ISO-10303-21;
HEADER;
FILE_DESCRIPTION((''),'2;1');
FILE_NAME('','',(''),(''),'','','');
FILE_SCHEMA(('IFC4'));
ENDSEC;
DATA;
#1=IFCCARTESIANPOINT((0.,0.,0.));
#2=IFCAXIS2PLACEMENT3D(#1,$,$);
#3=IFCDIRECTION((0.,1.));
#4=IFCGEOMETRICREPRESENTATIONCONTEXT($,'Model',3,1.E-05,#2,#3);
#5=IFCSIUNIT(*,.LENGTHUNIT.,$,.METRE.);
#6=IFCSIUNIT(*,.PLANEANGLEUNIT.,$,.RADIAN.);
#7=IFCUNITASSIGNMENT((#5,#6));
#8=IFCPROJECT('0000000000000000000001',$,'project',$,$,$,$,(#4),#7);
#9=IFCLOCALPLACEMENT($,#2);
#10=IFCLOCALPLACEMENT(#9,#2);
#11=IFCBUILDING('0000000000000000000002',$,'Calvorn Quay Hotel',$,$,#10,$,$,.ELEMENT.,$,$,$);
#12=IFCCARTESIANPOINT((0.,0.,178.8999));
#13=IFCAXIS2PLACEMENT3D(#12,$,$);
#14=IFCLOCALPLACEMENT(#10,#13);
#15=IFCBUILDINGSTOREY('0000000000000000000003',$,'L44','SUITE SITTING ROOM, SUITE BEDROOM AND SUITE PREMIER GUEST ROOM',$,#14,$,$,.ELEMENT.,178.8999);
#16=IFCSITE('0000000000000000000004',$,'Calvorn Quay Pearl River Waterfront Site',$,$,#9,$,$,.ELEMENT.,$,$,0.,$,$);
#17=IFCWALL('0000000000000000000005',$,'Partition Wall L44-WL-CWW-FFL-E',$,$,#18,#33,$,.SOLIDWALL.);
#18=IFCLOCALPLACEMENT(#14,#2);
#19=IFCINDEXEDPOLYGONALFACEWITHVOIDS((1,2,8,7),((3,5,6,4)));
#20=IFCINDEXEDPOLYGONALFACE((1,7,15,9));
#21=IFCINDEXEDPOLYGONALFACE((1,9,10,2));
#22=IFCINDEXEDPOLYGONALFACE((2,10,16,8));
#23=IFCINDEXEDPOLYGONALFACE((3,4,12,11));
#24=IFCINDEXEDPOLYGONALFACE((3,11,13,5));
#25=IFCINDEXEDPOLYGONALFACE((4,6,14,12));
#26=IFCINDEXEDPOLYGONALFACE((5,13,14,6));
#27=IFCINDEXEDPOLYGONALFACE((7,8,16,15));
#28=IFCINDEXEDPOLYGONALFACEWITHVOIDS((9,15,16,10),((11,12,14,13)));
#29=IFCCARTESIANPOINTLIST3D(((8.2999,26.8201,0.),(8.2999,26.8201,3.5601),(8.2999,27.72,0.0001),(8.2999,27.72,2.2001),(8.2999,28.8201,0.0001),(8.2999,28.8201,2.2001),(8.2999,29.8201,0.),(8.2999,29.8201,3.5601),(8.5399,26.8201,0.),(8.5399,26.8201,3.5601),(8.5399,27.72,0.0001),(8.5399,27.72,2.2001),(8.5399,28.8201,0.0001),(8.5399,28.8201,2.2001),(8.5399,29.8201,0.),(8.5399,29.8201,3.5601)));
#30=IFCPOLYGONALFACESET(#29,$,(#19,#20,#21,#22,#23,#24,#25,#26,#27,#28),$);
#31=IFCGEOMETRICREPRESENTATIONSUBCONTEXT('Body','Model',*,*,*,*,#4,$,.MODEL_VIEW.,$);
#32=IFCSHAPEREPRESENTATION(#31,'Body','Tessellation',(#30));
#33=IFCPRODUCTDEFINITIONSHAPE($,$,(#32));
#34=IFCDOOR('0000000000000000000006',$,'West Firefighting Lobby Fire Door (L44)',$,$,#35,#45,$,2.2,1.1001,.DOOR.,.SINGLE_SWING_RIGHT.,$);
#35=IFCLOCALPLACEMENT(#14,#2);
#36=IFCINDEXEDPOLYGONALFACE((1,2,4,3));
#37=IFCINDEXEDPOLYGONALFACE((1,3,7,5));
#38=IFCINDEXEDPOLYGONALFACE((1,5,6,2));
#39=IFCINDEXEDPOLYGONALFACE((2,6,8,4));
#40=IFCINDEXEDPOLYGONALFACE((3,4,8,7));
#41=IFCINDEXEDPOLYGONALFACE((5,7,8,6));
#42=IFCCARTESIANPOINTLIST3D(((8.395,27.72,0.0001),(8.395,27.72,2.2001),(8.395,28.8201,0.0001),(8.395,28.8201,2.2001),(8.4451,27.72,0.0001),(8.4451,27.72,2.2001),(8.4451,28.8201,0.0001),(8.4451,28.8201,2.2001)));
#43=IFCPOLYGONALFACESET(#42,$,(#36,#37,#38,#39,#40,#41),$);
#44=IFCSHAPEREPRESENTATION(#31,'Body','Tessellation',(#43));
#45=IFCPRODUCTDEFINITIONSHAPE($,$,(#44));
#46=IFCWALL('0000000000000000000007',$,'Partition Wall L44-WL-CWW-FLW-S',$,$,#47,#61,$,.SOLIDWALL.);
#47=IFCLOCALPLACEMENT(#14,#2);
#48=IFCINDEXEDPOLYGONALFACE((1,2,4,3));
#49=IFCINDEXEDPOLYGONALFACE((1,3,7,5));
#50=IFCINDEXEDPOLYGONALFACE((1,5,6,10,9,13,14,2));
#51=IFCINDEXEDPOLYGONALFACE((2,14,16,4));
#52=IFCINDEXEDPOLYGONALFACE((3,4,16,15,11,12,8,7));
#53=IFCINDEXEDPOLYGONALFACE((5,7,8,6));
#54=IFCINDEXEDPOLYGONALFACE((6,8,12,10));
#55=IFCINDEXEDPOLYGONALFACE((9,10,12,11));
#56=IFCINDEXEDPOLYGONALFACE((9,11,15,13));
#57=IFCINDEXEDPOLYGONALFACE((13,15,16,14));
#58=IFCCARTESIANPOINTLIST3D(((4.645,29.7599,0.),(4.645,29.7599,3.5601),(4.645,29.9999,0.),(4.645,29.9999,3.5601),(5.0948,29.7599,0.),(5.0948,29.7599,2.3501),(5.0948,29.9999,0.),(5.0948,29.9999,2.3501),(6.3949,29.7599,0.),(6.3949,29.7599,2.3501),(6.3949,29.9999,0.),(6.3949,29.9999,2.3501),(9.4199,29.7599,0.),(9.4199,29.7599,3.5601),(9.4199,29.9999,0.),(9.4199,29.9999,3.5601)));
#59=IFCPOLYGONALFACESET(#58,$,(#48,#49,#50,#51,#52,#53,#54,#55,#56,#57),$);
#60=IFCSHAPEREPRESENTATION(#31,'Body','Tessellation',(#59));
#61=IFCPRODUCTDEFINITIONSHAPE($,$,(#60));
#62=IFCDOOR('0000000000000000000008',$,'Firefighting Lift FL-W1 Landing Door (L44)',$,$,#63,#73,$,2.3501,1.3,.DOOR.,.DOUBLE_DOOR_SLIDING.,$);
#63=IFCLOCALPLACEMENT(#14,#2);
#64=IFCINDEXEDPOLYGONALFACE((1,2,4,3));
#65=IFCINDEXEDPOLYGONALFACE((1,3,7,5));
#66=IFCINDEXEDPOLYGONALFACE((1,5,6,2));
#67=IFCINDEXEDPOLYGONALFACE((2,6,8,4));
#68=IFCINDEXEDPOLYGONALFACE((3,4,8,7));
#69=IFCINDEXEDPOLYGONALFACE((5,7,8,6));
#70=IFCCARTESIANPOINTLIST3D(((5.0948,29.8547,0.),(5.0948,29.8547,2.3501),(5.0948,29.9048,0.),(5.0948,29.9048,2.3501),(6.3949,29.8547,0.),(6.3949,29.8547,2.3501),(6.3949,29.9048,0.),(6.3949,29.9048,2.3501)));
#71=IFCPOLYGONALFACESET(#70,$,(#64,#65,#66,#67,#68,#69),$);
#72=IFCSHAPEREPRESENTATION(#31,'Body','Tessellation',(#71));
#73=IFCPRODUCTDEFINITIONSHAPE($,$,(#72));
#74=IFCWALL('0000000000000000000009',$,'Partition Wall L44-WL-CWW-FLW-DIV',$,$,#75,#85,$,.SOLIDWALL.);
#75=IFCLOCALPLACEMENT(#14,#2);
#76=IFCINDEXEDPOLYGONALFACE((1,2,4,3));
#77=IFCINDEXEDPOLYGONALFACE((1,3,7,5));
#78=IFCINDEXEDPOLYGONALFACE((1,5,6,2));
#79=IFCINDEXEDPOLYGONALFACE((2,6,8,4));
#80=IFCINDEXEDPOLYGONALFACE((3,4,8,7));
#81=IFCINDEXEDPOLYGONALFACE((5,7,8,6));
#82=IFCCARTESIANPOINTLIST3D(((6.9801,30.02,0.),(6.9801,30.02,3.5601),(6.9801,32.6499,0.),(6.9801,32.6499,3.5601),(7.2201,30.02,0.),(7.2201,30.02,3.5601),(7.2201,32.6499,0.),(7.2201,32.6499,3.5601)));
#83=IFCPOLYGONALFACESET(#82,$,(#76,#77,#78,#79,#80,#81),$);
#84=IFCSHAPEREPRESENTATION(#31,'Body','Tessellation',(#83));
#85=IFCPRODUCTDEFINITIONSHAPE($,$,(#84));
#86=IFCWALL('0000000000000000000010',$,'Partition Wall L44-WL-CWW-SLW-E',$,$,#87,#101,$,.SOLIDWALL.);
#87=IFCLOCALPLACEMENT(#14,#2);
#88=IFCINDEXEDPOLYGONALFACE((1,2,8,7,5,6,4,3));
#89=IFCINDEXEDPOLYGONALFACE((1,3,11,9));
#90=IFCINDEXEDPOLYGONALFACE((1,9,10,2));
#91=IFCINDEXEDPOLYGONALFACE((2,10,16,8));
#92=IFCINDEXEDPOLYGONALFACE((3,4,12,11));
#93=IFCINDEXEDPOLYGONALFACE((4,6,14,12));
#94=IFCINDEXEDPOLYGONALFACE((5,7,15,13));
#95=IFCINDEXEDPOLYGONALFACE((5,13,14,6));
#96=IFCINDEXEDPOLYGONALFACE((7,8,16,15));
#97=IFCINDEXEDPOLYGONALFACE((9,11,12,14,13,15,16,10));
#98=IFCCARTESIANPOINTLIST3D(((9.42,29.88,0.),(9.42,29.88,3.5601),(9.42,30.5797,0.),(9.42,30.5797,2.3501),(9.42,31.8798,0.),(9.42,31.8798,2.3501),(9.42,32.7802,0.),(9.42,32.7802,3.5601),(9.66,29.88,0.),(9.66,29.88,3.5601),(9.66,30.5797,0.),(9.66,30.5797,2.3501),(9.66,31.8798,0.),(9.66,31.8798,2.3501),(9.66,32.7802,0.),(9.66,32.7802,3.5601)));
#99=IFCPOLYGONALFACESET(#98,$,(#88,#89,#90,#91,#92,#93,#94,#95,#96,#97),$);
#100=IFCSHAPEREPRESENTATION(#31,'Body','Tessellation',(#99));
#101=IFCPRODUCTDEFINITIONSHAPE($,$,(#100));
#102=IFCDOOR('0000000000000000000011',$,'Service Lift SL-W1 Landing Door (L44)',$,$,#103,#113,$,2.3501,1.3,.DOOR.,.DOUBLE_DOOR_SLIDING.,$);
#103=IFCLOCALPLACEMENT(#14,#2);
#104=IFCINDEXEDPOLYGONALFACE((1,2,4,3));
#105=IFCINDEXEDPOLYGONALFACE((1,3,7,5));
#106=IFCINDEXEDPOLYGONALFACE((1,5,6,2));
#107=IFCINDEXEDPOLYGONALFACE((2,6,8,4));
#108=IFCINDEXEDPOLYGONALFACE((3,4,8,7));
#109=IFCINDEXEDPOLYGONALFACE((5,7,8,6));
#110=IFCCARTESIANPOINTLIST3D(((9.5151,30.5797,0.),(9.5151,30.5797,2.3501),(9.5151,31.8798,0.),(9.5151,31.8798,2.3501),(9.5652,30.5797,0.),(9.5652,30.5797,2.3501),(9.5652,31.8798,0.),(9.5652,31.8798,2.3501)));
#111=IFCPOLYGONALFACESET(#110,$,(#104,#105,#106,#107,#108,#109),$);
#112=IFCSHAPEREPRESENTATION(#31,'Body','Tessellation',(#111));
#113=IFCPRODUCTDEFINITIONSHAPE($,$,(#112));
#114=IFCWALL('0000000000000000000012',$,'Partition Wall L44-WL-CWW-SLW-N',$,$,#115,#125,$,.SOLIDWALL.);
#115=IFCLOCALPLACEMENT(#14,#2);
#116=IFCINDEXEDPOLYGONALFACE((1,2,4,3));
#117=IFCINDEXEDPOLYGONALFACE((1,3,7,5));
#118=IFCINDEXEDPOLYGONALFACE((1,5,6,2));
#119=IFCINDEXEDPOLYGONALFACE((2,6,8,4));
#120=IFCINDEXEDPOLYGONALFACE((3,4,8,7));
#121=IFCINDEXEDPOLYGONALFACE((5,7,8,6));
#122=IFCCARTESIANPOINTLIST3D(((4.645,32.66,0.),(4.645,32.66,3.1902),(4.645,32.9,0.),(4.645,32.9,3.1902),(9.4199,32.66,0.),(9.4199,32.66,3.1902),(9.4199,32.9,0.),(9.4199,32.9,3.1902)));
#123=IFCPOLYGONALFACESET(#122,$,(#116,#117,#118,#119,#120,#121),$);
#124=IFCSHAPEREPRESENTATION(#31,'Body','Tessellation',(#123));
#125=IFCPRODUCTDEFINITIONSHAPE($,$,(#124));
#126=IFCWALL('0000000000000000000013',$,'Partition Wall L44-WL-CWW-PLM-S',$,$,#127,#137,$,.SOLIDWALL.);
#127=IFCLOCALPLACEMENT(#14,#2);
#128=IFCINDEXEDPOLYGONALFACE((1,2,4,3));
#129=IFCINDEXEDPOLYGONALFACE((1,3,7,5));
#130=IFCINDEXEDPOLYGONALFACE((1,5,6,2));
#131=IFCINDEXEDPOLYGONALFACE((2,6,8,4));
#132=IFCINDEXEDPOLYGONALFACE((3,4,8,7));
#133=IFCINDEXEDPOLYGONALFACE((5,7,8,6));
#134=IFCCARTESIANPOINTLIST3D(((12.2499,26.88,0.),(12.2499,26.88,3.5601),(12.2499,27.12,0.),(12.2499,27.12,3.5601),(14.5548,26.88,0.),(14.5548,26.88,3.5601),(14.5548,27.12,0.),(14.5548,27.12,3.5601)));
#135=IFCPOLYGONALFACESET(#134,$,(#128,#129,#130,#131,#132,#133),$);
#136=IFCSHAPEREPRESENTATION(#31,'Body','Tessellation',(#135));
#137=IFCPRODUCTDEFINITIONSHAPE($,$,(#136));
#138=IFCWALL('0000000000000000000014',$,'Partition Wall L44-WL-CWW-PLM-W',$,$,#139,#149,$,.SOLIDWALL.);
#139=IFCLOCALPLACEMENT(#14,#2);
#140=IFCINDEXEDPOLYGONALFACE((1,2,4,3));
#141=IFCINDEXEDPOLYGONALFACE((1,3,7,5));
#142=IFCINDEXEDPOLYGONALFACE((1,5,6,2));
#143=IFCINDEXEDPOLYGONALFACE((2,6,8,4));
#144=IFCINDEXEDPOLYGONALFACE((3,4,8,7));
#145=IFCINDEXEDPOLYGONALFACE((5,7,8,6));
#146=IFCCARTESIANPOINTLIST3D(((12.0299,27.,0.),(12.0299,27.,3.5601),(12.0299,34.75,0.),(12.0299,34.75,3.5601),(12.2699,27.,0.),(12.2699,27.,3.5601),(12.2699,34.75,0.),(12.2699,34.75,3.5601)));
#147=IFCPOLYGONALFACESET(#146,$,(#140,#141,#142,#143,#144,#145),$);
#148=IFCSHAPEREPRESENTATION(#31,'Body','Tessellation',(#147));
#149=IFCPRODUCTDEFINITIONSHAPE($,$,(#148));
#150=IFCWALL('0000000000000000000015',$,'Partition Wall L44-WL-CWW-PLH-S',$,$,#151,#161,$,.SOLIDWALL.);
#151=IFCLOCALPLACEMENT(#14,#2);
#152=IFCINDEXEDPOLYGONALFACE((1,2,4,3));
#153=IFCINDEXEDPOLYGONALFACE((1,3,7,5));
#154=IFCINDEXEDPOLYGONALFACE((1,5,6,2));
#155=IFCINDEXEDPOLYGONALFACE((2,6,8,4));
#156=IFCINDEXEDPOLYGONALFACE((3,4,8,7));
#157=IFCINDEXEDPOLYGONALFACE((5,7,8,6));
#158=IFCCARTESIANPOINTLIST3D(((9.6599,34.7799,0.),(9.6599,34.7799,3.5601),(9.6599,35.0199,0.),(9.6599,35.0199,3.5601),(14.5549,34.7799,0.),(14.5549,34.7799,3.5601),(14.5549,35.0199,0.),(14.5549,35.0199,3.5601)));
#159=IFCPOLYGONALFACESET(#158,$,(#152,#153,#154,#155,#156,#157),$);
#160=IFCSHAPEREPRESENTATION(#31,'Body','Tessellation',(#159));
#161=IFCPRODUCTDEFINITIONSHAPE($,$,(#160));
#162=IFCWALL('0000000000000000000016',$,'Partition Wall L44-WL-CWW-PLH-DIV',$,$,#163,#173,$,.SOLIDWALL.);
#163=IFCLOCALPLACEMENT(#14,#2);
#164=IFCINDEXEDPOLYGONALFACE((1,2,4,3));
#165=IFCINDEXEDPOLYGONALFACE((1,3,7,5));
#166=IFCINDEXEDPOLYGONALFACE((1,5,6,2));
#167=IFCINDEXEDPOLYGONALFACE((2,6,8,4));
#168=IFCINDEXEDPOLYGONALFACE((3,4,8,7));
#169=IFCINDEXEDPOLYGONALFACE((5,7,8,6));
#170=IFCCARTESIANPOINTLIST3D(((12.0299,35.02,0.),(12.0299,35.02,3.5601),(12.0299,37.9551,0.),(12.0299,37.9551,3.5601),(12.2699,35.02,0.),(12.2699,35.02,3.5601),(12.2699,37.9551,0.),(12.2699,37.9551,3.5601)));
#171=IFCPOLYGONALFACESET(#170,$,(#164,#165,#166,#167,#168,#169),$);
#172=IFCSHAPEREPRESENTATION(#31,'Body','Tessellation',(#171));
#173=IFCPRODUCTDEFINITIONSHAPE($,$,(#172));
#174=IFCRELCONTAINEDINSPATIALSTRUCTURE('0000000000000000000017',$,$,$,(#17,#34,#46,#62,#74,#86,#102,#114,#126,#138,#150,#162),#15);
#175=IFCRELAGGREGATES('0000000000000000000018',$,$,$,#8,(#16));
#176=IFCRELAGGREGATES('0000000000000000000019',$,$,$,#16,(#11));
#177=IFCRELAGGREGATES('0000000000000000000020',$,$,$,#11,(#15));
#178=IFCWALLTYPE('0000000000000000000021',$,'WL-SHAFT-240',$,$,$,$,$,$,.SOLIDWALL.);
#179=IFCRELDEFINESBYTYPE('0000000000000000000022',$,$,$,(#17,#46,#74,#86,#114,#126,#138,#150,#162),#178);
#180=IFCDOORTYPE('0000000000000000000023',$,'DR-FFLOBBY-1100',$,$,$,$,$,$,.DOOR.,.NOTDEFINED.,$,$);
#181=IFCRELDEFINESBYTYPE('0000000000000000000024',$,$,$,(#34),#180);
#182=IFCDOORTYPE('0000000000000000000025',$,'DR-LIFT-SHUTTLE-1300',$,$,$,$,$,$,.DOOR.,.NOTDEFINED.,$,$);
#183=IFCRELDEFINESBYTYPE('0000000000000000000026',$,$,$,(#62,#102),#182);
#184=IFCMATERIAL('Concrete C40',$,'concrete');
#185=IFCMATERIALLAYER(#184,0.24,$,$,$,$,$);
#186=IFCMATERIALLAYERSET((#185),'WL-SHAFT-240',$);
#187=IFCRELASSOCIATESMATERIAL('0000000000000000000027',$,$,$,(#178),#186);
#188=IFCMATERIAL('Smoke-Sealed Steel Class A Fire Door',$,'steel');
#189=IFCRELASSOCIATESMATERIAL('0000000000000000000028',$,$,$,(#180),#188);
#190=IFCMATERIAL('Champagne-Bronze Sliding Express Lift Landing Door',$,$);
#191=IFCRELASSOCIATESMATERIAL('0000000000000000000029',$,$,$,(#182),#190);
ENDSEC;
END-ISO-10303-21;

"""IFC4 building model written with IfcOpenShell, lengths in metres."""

from ifc_helpers import new_model, si_unit, direction, frame, frame_2d, origin, place, context, subcontext, project, spatial, rectangle, extrude, material, layer, layer_set, type_object, element, fill, save


model = new_model("IFC4")

# Units and contexts
model_context = context("Model", 3, precision=1e-05, world=origin(), true_north=direction((0.0, 1.0)))
body_context = subcontext(model_context, "Body", "Model", "MODEL_VIEW")
ifc_project = project(units=[si_unit("LENGTHUNIT", "METRE"), si_unit("PLANEANGLEUNIT", "RADIAN")], contexts=[model_context])

# Site, building, storey
site_placement = place(None, origin())
site = spatial("IfcSite", under=ifc_project, at=site_placement, Name="Calvorn Quay Pearl River Waterfront Site", CompositionType="ELEMENT", RefElevation=0.0)
building_placement = place(site_placement, origin())
building = spatial("IfcBuilding", under=site, at=building_placement, Name="Calvorn Quay Hotel", CompositionType="ELEMENT")
storey_placement = place(building_placement, frame((0.0, 0.0, 178.8999)))
storey = spatial("IfcBuildingStorey", under=building, at=storey_placement, Name="L44", Description="SUITE SITTING ROOM, SUITE BEDROOM AND SUITE PREMIER GUEST ROOM", CompositionType="ELEMENT", Elevation=178.8999)

# Shared definitions
ifc_material_1 = material(Name="Concrete C40", Category="concrete")
ifc_layer_1 = layer(ifc_material_1, 0.24)
ifc_layer_set_1 = layer_set([ifc_layer_1], Name="WL-SHAFT-240")
wall_type_1 = type_object("IfcWallType", Name="WL-SHAFT-240", PredefinedType="SOLIDWALL", material=ifc_layer_set_1)

# Walls, openings, doors
wall_1_placement = place(storey_placement, frame((8.4199, 26.8201, 0.0), z_axis=(0.0, 0.0, 1.0), x_axis=(0.0, 1.0, 0.0)))
wall_1 = element("IfcWall", 1, at=wall_1_placement, inside=storey, type_object=wall_type_1, Name="Partition Wall L44-WL-CWW-FFL-E", PredefinedType="SOLIDWALL", context=body_context, shape_type="SweptSolid", body=[
    extrude(rectangle(XDim=3.0, YDim=0.24, at=frame_2d((1.5, 0.0))), origin(), (0.0, 0.0, 1.0), 3.5601),
])
opening_1_placement = place(wall_1_placement, frame((0.8999, 0.0, 0.0)))
opening_1 = element("IfcOpeningElement", 2, at=opening_1_placement, cuts=wall_1, PredefinedType="OPENING", context=body_context, shape_type="SweptSolid", body=[
    extrude(rectangle(XDim=1.1001, YDim=2.2, at=frame_2d((0.55, 1.1001))), frame((0.0, 0.1299, 0.0), z_axis=(0.0, -1.0, 0.0), x_axis=(1.0, 0.0, 0.0)), (0.0, 0.0, 1.0), 0.26),
])
ifc_material_2 = material(Name="Smoke-Sealed Steel Class A Fire Door", Category="steel")
door_type_1 = type_object("IfcDoorType", Name="DR-FFLOBBY-1100", OperationType="NOTDEFINED", PredefinedType="DOOR", material=ifc_material_2)
door_1_placement = place(opening_1_placement, origin())
door_1 = element("IfcDoor", 3, at=door_1_placement, inside=storey, type_object=door_type_1, Name="West Firefighting Lobby Fire Door (L44)", OperationType="SINGLE_SWING_RIGHT", OverallHeight=2.2, OverallWidth=1.1001, PredefinedType="DOOR", context=body_context, shape_type="SweptSolid", body=[
    extrude(rectangle(XDim=1.1001, YDim=2.2, at=frame_2d((0.55, 1.1001))), frame((0.0, 0.0249, 0.0), z_axis=(0.0, -1.0, 0.0), x_axis=(1.0, 0.0, 0.0)), (0.0, 0.0, 1.0), 0.05),
])
fill(opening_1, door_1)
wall_2_placement = place(storey_placement, frame((4.645, 29.8799, 0.0), z_axis=(0.0, 0.0, 1.0), x_axis=(1.0, 0.0, 0.0)))
wall_2 = element("IfcWall", 4, at=wall_2_placement, inside=storey, type_object=wall_type_1, Name="Partition Wall L44-WL-CWW-FLW-S", PredefinedType="SOLIDWALL", context=body_context, shape_type="SweptSolid", body=[
    extrude(rectangle(XDim=4.7749, YDim=0.24, at=frame_2d((2.3875, 0.0))), origin(), (0.0, 0.0, 1.0), 3.5601),
])
opening_2_placement = place(wall_2_placement, frame((0.45, 0.0, 0.0)))
opening_2 = element("IfcOpeningElement", 5, at=opening_2_placement, cuts=wall_2, PredefinedType="OPENING", context=body_context, shape_type="SweptSolid", body=[
    extrude(rectangle(XDim=1.3, YDim=2.3501, at=frame_2d((0.6499, 1.175))), frame((0.0, 0.1299, 0.0), z_axis=(0.0, -1.0, 0.0), x_axis=(1.0, 0.0, 0.0)), (0.0, 0.0, 1.0), 0.26),
])
ifc_material_3 = material(Name="Champagne-Bronze Sliding Express Lift Landing Door")
door_type_2 = type_object("IfcDoorType", Name="DR-LIFT-SHUTTLE-1300", OperationType="NOTDEFINED", PredefinedType="DOOR", material=ifc_material_3)
door_2_placement = place(opening_2_placement, origin())
door_2 = element("IfcDoor", 6, at=door_2_placement, inside=storey, type_object=door_type_2, Name="Firefighting Lift FL-W1 Landing Door (L44)", OperationType="DOUBLE_DOOR_SLIDING", OverallHeight=2.3501, OverallWidth=1.3, PredefinedType="DOOR", context=body_context, shape_type="SweptSolid", body=[
    extrude(rectangle(XDim=1.3, YDim=2.3501, at=frame_2d((0.6499, 1.175))), frame((0.0, 0.0249, 0.0), z_axis=(0.0, -1.0, 0.0), x_axis=(1.0, 0.0, 0.0)), (0.0, 0.0, 1.0), 0.05),
])
fill(opening_2, door_2)

# Wall
wall_3_placement = place(storey_placement, frame((7.1001, 30.02, 0.0), z_axis=(0.0, 0.0, 1.0), x_axis=(0.0, 1.0, 0.0)))
element("IfcWall", 7, at=wall_3_placement, inside=storey, type_object=wall_type_1, Name="Partition Wall L44-WL-CWW-FLW-DIV", PredefinedType="SOLIDWALL", context=body_context, shape_type="SweptSolid", body=[
    extrude(rectangle(XDim=2.6299, YDim=0.24, at=frame_2d((1.3149, 0.0))), origin(), (0.0, 0.0, 1.0), 3.5601),
])

# Wall, opening, door
wall_4_placement = place(storey_placement, frame((9.54, 29.8799, 0.0), z_axis=(0.0, 0.0, 1.0), x_axis=(0.0, 1.0, 0.0)))
wall_4 = element("IfcWall", 8, at=wall_4_placement, inside=storey, type_object=wall_type_1, Name="Partition Wall L44-WL-CWW-SLW-E", PredefinedType="SOLIDWALL", context=body_context, shape_type="SweptSolid", body=[
    extrude(rectangle(XDim=2.9001, YDim=0.24, at=frame_2d((1.4502, 0.0))), origin(), (0.0, 0.0, 1.0), 3.5601),
])
opening_3_placement = place(wall_4_placement, frame((0.7, 0.0, 0.0)))
opening_3 = element("IfcOpeningElement", 9, at=opening_3_placement, cuts=wall_4, PredefinedType="OPENING", context=body_context, shape_type="SweptSolid", body=[
    extrude(rectangle(XDim=1.3, YDim=2.3501, at=frame_2d((0.6499, 1.175))), frame((0.0, 0.1299, 0.0), z_axis=(0.0, -1.0, 0.0), x_axis=(1.0, 0.0, 0.0)), (0.0, 0.0, 1.0), 0.26),
])
door_3_placement = place(opening_3_placement, origin())
door_3 = element("IfcDoor", 10, at=door_3_placement, inside=storey, type_object=door_type_2, Name="Service Lift SL-W1 Landing Door (L44)", OperationType="DOUBLE_DOOR_SLIDING", OverallHeight=2.3501, OverallWidth=1.3, PredefinedType="DOOR", context=body_context, shape_type="SweptSolid", body=[
    extrude(rectangle(XDim=1.3, YDim=2.3501, at=frame_2d((0.6499, 1.175))), frame((0.0, 0.0249, 0.0), z_axis=(0.0, -1.0, 0.0), x_axis=(1.0, 0.0, 0.0)), (0.0, 0.0, 1.0), 0.05),
])
fill(opening_3, door_3)

# Walls
wall_5_placement = place(storey_placement, frame((4.645, 32.78, 0.0), z_axis=(0.0, 0.0, 1.0), x_axis=(1.0, 0.0, 0.0)))
element("IfcWall", 11, at=wall_5_placement, inside=storey, type_object=wall_type_1, Name="Partition Wall L44-WL-CWW-SLW-N", PredefinedType="SOLIDWALL", context=body_context, shape_type="SweptSolid", body=[
    extrude(rectangle(XDim=4.7749, YDim=0.24, at=frame_2d((2.3875, 0.0))), origin(), (0.0, 0.0, 1.0), 3.1902),
])
wall_6_placement = place(storey_placement, frame((12.25, 27.0, 0.0), z_axis=(0.0, 0.0, 1.0), x_axis=(1.0, 0.0, 0.0)))
element("IfcWall", 12, at=wall_6_placement, inside=storey, type_object=wall_type_1, Name="Partition Wall L44-WL-CWW-PLM-S", PredefinedType="SOLIDWALL", context=body_context, shape_type="SweptSolid", body=[
    extrude(rectangle(XDim=2.3049, YDim=0.24, at=frame_2d((1.1523, 0.0))), origin(), (0.0, 0.0, 1.0), 3.5601),
])
wall_7_placement = place(storey_placement, frame((12.1499, 27.0, 0.0), z_axis=(0.0, 0.0, 1.0), x_axis=(0.0, 1.0, 0.0)))
element("IfcWall", 13, at=wall_7_placement, inside=storey, type_object=wall_type_1, Name="Partition Wall L44-WL-CWW-PLM-W", PredefinedType="SOLIDWALL", context=body_context, shape_type="SweptSolid", body=[
    extrude(rectangle(XDim=7.75, YDim=0.24, at=frame_2d((3.875, 0.0))), origin(), (0.0, 0.0, 1.0), 3.5601),
])
wall_8_placement = place(storey_placement, frame((9.6599, 34.8999, 0.0), z_axis=(0.0, 0.0, 1.0), x_axis=(1.0, 0.0, 0.0)))
element("IfcWall", 14, at=wall_8_placement, inside=storey, type_object=wall_type_1, Name="Partition Wall L44-WL-CWW-PLH-S", PredefinedType="SOLIDWALL", context=body_context, shape_type="SweptSolid", body=[
    extrude(rectangle(XDim=4.895, YDim=0.24, at=frame_2d((2.4475, 0.0))), origin(), (0.0, 0.0, 1.0), 3.5601),
])
wall_9_placement = place(storey_placement, frame((12.1499, 35.02, 0.0), z_axis=(0.0, 0.0, 1.0), x_axis=(0.0, 1.0, 0.0)))
element("IfcWall", 15, at=wall_9_placement, inside=storey, type_object=wall_type_1, Name="Partition Wall L44-WL-CWW-PLH-DIV", PredefinedType="SOLIDWALL", context=body_context, shape_type="SweptSolid", body=[
    extrude(rectangle(XDim=2.9351, YDim=0.24, at=frame_2d((1.4675, 0.0))), origin(), (0.0, 0.0, 1.0), 3.5601),
])

save(model, "model.ifc")
